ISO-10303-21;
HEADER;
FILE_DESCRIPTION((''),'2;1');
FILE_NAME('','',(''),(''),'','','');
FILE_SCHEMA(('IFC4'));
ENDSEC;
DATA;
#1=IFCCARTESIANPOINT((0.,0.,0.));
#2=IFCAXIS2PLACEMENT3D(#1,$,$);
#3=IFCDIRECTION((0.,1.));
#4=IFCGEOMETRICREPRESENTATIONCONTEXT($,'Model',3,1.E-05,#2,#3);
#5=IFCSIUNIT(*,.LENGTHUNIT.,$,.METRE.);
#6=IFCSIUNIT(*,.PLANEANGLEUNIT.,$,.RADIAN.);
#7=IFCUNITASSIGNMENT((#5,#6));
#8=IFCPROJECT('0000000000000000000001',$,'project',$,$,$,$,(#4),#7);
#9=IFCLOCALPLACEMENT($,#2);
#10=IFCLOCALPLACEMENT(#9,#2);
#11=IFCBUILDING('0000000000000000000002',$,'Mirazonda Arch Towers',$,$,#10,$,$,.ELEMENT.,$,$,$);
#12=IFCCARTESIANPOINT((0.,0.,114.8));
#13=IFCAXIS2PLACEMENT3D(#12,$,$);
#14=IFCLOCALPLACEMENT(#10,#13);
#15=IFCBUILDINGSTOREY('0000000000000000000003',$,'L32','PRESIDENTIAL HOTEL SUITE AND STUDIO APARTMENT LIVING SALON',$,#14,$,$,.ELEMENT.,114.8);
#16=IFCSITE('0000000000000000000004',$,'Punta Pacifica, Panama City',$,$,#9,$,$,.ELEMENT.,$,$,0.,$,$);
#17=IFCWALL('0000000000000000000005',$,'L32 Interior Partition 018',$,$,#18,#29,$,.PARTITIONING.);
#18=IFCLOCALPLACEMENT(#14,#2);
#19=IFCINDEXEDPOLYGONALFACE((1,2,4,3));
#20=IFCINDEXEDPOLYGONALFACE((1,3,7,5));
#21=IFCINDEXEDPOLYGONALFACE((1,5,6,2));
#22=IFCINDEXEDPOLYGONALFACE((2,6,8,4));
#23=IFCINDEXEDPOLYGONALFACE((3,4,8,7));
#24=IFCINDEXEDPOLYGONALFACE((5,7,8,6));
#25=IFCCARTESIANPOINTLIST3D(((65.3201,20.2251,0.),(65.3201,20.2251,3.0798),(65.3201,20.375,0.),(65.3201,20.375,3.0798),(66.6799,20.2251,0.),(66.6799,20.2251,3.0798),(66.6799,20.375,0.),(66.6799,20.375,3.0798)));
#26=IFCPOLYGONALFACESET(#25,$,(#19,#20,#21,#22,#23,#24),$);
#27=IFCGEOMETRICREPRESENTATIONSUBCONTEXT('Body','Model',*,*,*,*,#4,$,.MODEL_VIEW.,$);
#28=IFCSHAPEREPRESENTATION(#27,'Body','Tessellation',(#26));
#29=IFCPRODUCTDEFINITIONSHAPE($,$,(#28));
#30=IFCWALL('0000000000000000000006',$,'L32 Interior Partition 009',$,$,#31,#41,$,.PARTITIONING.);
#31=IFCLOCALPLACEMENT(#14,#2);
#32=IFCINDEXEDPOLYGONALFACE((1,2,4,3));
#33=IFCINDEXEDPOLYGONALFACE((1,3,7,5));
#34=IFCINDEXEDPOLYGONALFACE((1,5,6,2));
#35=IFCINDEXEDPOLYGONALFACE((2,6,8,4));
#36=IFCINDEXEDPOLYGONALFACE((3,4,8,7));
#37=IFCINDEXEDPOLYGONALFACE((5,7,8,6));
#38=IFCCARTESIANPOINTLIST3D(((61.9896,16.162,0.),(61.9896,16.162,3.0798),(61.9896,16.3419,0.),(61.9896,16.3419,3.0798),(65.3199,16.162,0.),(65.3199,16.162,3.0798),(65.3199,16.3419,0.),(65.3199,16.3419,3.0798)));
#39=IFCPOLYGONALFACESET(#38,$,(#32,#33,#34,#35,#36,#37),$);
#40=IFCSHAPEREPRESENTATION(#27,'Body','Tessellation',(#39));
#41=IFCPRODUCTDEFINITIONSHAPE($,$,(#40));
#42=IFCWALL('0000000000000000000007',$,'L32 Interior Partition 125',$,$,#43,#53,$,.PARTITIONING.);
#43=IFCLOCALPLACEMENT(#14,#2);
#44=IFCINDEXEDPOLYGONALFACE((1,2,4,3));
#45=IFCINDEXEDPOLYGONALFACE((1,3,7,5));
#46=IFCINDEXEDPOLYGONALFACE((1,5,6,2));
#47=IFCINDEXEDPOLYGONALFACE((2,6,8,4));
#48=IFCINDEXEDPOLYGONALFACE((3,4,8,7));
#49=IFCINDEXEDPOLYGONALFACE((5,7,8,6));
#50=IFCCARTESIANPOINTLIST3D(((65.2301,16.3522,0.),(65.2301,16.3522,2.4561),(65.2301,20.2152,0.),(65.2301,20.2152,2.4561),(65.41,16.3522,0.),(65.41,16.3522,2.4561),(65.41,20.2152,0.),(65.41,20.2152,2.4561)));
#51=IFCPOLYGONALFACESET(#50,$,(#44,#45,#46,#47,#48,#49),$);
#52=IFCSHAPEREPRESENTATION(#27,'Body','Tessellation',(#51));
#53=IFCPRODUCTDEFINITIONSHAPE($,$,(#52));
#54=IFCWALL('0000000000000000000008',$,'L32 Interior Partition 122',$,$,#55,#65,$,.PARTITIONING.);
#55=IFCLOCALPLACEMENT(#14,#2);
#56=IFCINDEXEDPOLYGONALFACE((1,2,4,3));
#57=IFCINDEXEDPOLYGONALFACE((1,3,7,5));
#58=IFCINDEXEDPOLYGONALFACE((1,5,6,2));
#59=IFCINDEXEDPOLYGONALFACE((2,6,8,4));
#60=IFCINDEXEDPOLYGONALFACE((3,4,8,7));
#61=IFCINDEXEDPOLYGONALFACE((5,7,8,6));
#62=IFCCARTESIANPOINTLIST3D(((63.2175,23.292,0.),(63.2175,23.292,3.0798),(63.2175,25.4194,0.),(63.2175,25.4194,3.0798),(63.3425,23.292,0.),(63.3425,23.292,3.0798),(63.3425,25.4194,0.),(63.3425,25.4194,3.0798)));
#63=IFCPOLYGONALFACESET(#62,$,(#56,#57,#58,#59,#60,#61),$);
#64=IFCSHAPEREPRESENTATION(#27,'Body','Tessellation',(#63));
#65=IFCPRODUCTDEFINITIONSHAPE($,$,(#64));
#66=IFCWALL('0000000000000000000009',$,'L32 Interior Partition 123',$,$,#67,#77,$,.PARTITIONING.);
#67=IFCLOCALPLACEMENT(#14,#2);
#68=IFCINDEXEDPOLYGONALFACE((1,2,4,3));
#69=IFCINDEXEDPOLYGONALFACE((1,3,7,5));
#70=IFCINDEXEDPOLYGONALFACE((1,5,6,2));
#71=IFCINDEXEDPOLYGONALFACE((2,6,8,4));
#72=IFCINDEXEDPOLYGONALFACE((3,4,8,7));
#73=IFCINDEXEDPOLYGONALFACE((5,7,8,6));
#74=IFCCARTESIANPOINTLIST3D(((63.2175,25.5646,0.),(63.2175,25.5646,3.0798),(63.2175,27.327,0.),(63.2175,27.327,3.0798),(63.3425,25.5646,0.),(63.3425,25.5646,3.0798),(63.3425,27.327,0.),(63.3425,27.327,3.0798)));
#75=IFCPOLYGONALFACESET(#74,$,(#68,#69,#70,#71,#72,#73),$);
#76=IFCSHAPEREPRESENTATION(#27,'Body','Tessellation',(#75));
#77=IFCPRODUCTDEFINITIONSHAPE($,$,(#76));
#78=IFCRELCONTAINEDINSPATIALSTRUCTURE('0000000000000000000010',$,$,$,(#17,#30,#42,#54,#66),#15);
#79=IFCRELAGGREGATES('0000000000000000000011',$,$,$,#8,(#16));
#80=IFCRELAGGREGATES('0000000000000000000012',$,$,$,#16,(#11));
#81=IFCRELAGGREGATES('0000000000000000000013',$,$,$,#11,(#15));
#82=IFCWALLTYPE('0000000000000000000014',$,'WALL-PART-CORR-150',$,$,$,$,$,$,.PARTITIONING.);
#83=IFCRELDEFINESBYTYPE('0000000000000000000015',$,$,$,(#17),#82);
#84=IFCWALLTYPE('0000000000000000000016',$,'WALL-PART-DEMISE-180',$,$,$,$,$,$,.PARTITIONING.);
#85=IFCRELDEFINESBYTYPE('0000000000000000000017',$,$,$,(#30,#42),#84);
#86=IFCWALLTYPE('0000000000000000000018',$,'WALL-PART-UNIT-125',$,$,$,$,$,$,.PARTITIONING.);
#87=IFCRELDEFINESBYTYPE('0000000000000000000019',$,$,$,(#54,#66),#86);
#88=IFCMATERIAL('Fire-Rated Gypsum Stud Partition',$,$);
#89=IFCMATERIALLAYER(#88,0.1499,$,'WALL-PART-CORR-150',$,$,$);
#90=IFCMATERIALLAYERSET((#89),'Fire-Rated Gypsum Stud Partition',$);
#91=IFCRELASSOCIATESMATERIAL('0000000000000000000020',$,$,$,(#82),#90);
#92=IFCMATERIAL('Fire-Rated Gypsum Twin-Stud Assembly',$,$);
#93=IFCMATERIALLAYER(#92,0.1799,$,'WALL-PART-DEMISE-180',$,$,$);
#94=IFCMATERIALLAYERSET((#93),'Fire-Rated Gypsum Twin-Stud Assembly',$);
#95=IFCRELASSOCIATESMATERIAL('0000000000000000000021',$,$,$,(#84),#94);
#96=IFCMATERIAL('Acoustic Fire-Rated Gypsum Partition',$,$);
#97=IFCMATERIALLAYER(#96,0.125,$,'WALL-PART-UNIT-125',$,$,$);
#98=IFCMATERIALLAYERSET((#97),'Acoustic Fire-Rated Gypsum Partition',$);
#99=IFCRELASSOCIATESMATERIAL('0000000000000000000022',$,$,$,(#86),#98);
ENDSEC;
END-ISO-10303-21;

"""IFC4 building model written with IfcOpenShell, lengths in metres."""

from ifc_helpers import new_model, si_unit, direction, frame, frame_2d, origin, place, context, subcontext, project, spatial, rectangle, extrude, material, layer, layer_set, type_object, element, save


model = new_model("IFC4")

# Units and contexts
model_context = context("Model", 3, precision=1e-05, world=origin(), true_north=direction((0.0, 1.0)))
body_context = subcontext(model_context, "Body", "Model", "MODEL_VIEW")
ifc_project = project(units=[si_unit("LENGTHUNIT", "METRE"), si_unit("PLANEANGLEUNIT", "RADIAN")], contexts=[model_context])

# Site, building, storey
site_placement = place(None, origin())
site = spatial("IfcSite", under=ifc_project, at=site_placement, Name="Punta Pacifica, Panama City", CompositionType="ELEMENT", RefElevation=0.0)
building_placement = place(site_placement, origin())
building = spatial("IfcBuilding", under=site, at=building_placement, Name="Mirazonda Arch Towers", CompositionType="ELEMENT")
storey_placement = place(building_placement, frame((0.0, 0.0, 114.8)))
storey = spatial("IfcBuildingStorey", under=building, at=storey_placement, Name="L32", Description="PRESIDENTIAL HOTEL SUITE AND STUDIO APARTMENT LIVING SALON", CompositionType="ELEMENT", Elevation=114.8)

# Walls
ifc_material_1 = material(Name="Fire-Rated Gypsum Stud Partition")
ifc_layer_1 = layer(ifc_material_1, 0.1499, Name="WALL-PART-CORR-150")
ifc_layer_set_1 = layer_set([ifc_layer_1], Name="Fire-Rated Gypsum Stud Partition")
wall_type_1 = type_object("IfcWallType", Name="WALL-PART-CORR-150", PredefinedType="PARTITIONING", material=ifc_layer_set_1)
wall_1_placement = place(storey_placement, frame((65.3201, 20.3, 0.0), z_axis=(0.0, 0.0, 1.0), x_axis=(1.0, 0.0, 0.0)))
element("IfcWall", 1, at=wall_1_placement, inside=storey, type_object=wall_type_1, Name="L32 Interior Partition 018", PredefinedType="PARTITIONING", context=body_context, shape_type="SweptSolid", body=[
    extrude(rectangle(XDim=1.3599, YDim=0.1499, at=frame_2d((0.6799, 0.0))), origin(), (0.0, 0.0, 1.0), 3.0798),
])
ifc_material_2 = material(Name="Fire-Rated Gypsum Twin-Stud Assembly")
ifc_layer_2 = layer(ifc_material_2, 0.1799, Name="WALL-PART-DEMISE-180")
ifc_layer_set_2 = layer_set([ifc_layer_2], Name="Fire-Rated Gypsum Twin-Stud Assembly")
wall_type_2 = type_object("IfcWallType", Name="WALL-PART-DEMISE-180", PredefinedType="PARTITIONING", material=ifc_layer_set_2)
wall_2_placement = place(storey_placement, frame((61.9897, 16.252, 0.0), z_axis=(0.0, 0.0, 1.0), x_axis=(1.0, 0.0, 0.0)))
element("IfcWall", 2, at=wall_2_placement, inside=storey, type_object=wall_type_2, Name="L32 Interior Partition 009", PredefinedType="PARTITIONING", context=body_context, shape_type="SweptSolid", body=[
    extrude(rectangle(XDim=3.3303, YDim=0.1799, at=frame_2d((1.665, 0.0))), origin(), (0.0, 0.0, 1.0), 3.0798),
])
wall_3_placement = place(storey_placement, frame((65.3201, 16.3521, 0.0), z_axis=(0.0, 0.0, 1.0), x_axis=(0.0, 1.0, 0.0)))
element("IfcWall", 3, at=wall_3_placement, inside=storey, type_object=wall_type_2, Name="L32 Interior Partition 125", PredefinedType="PARTITIONING", context=body_context, shape_type="SweptSolid", body=[
    extrude(rectangle(XDim=3.863, YDim=0.1799, at=frame_2d((1.9316, 0.0))), origin(), (0.0, 0.0, 1.0), 2.4561),
])
ifc_material_3 = material(Name="Acoustic Fire-Rated Gypsum Partition")
ifc_layer_3 = layer(ifc_material_3, 0.125, Name="WALL-PART-UNIT-125")
ifc_layer_set_3 = layer_set([ifc_layer_3], Name="Acoustic Fire-Rated Gypsum Partition")
wall_type_3 = type_object("IfcWallType", Name="WALL-PART-UNIT-125", PredefinedType="PARTITIONING", material=ifc_layer_set_3)
wall_4_placement = place(storey_placement, frame((63.28, 23.292, 0.0), z_axis=(0.0, 0.0, 1.0), x_axis=(0.0, 1.0, 0.0)))
element("IfcWall", 4, at=wall_4_placement, inside=storey, type_object=wall_type_3, Name="L32 Interior Partition 122", PredefinedType="PARTITIONING", context=body_context, shape_type="SweptSolid", body=[
    extrude(rectangle(XDim=2.1274, YDim=0.125, at=frame_2d((1.0637, 0.0))), origin(), (0.0, 0.0, 1.0), 3.0798),
])
wall_5_placement = place(storey_placement, frame((63.28, 25.5645, 0.0), z_axis=(0.0, 0.0, 1.0), x_axis=(0.0, 1.0, 0.0)))
element("IfcWall", 5, at=wall_5_placement, inside=storey, type_object=wall_type_3, Name="L32 Interior Partition 123", PredefinedType="PARTITIONING", context=body_context, shape_type="SweptSolid", body=[
    extrude(rectangle(XDim=1.7625, YDim=0.125, at=frame_2d((0.8813, 0.0))), origin(), (0.0, 0.0, 1.0), 3.0798),
])

save(model, "model.ifc")
